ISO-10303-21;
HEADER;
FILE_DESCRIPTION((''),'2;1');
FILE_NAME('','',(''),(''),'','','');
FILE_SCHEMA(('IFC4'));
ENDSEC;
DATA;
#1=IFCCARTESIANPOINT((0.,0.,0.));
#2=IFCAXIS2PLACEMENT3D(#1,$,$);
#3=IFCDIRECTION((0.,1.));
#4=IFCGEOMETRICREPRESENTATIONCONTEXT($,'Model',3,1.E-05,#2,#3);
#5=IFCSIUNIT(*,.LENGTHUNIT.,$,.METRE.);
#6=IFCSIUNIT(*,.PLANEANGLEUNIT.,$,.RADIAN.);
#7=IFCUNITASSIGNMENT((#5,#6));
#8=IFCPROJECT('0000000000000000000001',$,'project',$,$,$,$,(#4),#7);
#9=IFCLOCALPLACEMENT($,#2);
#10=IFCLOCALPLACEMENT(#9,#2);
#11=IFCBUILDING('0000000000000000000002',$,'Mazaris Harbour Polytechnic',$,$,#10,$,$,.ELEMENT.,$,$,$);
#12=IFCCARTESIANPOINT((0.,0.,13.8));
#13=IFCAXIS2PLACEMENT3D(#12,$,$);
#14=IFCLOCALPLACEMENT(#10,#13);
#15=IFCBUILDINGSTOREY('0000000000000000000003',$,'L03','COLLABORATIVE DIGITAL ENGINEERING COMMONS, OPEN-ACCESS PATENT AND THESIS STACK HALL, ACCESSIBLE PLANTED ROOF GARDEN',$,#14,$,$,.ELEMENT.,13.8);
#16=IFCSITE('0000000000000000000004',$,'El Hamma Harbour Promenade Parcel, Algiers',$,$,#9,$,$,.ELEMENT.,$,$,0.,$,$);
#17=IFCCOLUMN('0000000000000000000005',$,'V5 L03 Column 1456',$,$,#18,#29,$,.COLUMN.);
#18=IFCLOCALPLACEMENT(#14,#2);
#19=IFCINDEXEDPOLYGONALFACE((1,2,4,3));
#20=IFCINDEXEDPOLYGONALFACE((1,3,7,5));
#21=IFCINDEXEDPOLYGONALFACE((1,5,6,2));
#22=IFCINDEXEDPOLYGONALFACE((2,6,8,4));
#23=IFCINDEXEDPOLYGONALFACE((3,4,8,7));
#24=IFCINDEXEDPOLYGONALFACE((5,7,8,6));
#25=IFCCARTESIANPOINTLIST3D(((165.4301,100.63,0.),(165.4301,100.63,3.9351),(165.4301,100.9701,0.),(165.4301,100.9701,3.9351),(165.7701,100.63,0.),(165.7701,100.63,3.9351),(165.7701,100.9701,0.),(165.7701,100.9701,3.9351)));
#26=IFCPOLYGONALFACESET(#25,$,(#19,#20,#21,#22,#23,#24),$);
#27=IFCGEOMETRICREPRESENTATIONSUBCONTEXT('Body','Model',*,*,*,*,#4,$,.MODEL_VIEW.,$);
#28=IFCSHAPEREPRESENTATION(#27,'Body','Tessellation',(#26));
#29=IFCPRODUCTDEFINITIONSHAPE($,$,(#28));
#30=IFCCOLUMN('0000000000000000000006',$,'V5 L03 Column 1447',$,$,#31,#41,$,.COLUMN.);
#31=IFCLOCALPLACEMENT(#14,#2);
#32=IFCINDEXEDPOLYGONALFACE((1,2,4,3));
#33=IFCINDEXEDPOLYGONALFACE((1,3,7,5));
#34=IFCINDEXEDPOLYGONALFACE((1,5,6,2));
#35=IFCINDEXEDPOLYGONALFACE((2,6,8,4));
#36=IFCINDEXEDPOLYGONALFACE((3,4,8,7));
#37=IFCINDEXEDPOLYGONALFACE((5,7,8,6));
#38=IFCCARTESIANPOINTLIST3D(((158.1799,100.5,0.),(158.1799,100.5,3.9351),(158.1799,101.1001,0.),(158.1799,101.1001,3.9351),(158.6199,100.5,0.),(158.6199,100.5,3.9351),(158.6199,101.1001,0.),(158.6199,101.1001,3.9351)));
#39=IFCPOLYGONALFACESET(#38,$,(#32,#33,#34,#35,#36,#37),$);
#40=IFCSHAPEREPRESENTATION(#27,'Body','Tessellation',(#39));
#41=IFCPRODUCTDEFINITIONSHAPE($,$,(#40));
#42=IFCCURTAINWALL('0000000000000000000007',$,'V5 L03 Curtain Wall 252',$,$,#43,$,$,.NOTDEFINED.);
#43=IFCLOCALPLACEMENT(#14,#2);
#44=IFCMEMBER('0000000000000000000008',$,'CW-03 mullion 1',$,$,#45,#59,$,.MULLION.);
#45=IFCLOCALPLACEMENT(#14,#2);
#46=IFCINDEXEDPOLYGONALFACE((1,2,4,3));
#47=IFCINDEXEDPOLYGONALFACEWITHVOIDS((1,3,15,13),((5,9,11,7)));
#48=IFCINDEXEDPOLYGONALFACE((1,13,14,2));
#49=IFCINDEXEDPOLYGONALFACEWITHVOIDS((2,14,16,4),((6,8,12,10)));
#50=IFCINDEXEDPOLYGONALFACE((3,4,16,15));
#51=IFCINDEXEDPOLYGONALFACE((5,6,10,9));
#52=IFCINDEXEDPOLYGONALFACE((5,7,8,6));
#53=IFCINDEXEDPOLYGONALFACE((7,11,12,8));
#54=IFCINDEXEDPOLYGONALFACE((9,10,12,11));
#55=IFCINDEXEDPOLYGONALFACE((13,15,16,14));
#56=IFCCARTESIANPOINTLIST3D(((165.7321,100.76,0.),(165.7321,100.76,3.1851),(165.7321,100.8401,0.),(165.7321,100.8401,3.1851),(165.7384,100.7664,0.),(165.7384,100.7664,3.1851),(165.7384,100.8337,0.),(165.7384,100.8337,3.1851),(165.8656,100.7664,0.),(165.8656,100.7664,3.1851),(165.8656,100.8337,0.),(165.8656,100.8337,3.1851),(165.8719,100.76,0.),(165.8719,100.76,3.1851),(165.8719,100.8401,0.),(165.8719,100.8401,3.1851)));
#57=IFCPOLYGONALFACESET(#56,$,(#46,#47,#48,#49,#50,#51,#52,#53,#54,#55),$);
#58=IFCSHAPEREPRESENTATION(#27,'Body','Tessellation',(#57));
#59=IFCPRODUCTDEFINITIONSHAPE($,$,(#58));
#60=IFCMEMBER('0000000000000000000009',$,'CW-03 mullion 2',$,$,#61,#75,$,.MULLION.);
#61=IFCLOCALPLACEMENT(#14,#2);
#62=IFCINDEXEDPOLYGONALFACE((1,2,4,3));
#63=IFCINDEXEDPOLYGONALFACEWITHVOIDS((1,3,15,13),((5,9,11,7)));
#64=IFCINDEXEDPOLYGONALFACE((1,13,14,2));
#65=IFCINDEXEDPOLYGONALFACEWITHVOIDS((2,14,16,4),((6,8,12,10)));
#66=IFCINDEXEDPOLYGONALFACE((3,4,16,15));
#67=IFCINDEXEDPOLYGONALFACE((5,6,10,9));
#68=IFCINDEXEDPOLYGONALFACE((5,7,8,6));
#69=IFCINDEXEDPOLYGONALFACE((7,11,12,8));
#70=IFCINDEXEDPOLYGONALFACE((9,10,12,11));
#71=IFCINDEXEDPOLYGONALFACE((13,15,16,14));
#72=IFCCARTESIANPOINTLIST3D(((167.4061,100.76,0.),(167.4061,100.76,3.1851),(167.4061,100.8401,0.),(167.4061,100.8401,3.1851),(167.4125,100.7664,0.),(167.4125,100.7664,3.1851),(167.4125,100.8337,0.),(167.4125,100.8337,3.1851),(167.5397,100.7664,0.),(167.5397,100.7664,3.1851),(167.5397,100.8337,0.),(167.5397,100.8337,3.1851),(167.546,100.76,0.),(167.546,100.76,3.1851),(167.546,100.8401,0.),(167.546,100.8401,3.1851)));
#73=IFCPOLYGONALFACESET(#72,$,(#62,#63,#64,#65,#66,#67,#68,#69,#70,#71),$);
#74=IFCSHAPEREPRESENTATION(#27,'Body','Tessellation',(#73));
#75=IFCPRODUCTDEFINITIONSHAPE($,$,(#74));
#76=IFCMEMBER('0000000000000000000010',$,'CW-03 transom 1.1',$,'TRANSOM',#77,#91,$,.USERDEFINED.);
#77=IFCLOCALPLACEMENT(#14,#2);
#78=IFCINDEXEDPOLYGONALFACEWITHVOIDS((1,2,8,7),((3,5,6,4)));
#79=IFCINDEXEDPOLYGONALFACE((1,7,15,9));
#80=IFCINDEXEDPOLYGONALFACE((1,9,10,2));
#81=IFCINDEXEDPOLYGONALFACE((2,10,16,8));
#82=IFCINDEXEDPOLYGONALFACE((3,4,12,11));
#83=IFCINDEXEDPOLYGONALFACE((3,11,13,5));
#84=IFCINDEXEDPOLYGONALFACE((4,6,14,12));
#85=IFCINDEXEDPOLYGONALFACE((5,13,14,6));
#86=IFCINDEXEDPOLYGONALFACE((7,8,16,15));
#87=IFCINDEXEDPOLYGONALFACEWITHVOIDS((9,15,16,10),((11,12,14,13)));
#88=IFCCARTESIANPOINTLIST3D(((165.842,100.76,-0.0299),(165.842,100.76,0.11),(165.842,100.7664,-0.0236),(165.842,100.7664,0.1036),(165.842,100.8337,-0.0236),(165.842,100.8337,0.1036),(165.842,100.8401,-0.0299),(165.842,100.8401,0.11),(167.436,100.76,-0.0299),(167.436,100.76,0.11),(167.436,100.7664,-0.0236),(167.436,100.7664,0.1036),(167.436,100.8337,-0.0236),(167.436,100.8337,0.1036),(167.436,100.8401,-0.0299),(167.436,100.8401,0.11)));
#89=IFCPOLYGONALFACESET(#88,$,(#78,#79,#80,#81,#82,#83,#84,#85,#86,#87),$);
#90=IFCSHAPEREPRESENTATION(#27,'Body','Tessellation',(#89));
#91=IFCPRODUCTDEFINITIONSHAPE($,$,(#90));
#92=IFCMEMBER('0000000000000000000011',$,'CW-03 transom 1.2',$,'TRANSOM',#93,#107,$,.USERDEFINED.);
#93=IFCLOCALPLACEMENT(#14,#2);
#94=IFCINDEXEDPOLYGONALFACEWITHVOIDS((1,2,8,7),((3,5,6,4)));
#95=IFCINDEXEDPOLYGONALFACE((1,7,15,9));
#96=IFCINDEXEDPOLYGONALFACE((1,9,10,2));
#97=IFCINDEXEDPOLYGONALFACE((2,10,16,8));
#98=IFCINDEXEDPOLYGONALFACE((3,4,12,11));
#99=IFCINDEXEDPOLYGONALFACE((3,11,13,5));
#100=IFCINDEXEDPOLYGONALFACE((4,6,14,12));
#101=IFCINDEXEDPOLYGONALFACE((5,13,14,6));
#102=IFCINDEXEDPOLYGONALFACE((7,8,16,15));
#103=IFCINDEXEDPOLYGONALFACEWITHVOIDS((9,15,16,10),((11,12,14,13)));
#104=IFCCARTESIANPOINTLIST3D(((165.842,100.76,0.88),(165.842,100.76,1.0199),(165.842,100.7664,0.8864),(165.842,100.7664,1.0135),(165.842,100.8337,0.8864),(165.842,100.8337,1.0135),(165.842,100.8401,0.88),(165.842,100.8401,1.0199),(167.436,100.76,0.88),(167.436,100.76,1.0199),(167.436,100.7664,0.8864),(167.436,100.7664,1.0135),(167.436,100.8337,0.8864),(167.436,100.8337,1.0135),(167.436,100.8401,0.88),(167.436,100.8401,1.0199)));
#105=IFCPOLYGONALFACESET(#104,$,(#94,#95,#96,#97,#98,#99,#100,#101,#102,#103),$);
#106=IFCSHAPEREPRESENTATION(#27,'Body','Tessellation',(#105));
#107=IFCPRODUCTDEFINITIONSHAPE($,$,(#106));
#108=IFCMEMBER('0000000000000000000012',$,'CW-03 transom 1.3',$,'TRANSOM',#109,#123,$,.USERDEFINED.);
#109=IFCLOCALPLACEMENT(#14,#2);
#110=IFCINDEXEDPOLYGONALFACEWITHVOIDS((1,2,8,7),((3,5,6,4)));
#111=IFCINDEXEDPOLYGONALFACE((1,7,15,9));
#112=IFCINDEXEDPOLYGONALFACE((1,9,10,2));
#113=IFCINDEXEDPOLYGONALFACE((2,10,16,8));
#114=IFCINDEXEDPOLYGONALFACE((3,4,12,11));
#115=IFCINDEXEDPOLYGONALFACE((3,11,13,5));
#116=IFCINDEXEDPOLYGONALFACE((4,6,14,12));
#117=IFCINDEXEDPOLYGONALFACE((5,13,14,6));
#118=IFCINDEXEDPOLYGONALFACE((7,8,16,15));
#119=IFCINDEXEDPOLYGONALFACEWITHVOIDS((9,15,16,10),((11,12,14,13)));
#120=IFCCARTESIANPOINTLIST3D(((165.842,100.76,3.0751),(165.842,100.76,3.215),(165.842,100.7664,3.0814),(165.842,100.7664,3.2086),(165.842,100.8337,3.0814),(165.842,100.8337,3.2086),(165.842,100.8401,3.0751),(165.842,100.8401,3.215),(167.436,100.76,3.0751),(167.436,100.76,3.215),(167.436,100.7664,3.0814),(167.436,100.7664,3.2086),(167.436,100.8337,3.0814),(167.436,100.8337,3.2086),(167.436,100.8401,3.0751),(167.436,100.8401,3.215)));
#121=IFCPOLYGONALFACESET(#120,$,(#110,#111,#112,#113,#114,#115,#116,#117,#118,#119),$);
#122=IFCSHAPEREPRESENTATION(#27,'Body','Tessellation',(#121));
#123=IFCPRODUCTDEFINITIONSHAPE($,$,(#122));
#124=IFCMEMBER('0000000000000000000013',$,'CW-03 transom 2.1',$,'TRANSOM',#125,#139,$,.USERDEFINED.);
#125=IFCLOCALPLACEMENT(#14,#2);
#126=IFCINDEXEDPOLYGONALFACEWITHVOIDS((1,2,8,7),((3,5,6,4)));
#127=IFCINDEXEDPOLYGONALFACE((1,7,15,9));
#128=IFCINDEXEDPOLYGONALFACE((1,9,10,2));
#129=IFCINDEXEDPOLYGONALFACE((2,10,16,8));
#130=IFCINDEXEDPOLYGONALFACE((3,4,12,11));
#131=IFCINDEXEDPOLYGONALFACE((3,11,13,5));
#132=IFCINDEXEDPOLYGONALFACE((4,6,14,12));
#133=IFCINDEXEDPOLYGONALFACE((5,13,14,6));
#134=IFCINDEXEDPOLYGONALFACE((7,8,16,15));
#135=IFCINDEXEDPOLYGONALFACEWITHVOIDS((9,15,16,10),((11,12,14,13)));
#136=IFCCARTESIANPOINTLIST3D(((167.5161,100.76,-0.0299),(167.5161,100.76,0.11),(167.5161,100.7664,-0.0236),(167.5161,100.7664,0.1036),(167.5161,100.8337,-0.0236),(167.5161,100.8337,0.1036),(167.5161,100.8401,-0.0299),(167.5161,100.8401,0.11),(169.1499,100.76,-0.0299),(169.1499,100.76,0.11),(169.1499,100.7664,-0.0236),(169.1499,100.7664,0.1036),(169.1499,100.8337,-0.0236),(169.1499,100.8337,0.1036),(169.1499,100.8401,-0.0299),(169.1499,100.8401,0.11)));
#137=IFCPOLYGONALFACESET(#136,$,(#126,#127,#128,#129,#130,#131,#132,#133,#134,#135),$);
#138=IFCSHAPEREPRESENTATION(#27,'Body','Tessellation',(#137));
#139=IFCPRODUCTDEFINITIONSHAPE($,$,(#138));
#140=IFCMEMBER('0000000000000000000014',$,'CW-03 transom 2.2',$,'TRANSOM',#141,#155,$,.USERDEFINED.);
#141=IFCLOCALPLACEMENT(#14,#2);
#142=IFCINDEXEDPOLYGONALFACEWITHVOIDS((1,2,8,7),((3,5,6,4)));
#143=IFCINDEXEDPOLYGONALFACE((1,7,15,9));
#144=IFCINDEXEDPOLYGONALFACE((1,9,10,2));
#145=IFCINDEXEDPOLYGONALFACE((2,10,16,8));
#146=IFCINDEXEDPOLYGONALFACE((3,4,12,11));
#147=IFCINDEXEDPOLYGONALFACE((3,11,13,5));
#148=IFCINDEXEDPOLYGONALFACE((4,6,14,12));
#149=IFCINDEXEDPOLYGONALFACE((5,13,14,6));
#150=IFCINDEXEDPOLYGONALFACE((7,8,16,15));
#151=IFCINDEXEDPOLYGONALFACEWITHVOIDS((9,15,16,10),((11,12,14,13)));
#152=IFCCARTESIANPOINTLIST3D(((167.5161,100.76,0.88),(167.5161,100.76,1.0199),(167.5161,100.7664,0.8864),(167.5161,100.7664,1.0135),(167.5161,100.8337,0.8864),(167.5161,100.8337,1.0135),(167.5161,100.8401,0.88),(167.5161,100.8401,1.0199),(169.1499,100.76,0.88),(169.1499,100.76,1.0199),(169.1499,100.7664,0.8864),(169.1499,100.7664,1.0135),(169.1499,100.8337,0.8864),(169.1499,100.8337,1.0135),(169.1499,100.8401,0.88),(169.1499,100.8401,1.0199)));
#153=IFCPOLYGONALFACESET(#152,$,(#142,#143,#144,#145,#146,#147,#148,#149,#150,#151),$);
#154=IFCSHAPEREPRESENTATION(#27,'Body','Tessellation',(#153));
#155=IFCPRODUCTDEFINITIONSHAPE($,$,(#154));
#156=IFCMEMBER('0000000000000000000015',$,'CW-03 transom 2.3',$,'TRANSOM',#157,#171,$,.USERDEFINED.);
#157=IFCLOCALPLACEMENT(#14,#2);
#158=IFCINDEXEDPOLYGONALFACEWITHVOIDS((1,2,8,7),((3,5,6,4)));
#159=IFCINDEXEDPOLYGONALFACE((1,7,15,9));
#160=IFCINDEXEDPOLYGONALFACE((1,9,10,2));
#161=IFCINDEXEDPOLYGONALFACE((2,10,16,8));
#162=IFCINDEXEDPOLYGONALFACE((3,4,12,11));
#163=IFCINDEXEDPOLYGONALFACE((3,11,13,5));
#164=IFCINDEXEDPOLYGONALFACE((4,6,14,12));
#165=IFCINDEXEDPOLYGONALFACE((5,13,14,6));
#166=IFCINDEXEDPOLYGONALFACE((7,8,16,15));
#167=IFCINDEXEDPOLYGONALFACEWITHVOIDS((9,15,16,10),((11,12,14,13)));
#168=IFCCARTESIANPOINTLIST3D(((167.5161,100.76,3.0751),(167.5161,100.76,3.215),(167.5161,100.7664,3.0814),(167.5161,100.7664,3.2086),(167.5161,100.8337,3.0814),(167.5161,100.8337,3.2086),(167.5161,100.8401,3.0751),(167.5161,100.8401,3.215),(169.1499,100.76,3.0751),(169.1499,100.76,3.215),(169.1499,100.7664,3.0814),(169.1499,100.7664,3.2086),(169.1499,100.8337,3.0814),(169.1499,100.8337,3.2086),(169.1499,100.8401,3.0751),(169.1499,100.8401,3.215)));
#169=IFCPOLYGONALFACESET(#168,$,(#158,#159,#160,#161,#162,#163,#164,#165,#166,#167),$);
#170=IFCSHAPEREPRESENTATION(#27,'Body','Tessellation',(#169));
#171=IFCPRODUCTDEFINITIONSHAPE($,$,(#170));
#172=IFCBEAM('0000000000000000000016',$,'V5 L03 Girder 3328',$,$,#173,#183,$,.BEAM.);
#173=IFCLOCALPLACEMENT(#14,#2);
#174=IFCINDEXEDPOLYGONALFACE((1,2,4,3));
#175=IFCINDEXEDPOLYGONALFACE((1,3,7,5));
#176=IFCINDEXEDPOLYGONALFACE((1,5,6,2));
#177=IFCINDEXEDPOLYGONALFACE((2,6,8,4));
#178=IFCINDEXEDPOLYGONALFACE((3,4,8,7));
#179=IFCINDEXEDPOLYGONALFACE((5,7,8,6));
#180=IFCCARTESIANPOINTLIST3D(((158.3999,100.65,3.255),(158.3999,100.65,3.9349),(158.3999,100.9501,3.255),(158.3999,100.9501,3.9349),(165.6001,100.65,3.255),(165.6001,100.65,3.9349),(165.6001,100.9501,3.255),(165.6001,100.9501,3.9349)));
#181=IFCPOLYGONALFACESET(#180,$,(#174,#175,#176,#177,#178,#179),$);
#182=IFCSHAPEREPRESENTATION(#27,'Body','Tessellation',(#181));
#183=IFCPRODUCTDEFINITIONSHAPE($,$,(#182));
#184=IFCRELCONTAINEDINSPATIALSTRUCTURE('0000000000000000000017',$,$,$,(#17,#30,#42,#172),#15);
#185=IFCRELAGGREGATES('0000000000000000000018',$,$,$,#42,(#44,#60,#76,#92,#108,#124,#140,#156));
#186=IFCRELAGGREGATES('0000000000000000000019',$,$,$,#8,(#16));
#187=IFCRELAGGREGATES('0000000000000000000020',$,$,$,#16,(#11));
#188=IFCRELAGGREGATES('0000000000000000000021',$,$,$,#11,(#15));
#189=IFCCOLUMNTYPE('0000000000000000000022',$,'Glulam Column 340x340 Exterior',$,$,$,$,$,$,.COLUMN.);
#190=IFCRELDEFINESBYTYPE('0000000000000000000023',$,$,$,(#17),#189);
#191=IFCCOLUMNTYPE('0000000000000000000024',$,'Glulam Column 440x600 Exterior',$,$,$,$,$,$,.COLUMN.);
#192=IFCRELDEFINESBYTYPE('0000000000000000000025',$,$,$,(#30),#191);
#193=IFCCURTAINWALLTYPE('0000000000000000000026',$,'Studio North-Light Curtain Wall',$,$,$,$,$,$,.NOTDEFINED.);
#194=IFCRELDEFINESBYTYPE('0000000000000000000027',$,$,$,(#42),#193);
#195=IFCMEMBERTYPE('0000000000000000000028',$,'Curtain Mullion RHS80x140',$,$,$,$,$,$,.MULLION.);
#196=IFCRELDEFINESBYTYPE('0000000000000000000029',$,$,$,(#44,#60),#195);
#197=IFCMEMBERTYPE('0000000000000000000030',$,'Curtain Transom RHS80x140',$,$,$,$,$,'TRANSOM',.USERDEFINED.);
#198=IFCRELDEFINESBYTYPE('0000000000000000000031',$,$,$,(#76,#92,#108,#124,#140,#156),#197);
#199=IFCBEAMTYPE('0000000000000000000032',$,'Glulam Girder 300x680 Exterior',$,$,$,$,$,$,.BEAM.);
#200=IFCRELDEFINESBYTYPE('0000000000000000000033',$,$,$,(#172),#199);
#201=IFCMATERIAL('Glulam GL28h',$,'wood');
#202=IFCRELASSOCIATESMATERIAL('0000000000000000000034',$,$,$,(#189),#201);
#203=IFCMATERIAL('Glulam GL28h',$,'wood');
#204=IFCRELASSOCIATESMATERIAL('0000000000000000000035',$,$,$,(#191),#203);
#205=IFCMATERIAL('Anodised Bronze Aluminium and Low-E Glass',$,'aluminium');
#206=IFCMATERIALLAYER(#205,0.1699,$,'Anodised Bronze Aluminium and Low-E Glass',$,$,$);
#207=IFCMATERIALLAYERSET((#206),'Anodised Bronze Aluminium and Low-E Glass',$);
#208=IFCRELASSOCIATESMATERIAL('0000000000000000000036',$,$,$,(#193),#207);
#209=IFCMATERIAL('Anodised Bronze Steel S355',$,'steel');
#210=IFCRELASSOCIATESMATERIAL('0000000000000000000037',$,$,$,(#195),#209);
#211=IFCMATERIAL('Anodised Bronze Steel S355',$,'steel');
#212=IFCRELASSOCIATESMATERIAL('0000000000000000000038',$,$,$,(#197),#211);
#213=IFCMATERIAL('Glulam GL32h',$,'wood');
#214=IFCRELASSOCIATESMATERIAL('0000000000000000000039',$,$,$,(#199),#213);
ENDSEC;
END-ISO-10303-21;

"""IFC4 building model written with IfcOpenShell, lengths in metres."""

from ifc_helpers import new_model, si_unit, direction, frame, origin, origin_2d, place, context, subcontext, project, spatial, rectangle, hollow_rectangle, extrude, material, layer, layer_set, material_profile, profile_set, type_object, element, aggregate, save


model = new_model("IFC4")

# Units and contexts
model_context = context("Model", 3, precision=1e-05, world=origin(), true_north=direction((0.0, 1.0)))
body_context = subcontext(model_context, "Body", "Model", "MODEL_VIEW")
ifc_project = project(units=[si_unit("LENGTHUNIT", "METRE"), si_unit("PLANEANGLEUNIT", "RADIAN")], contexts=[model_context])

# Site, building, storey
site_placement = place(None, origin())
site = spatial("IfcSite", under=ifc_project, at=site_placement, Name="El Hamma Harbour Promenade Parcel, Algiers", CompositionType="ELEMENT", RefElevation=0.0)
building_placement = place(site_placement, origin())
building = spatial("IfcBuilding", under=site, at=building_placement, Name="Mazaris Harbour Polytechnic", CompositionType="ELEMENT")
storey_placement = place(building_placement, frame((0.0, 0.0, 13.8)))
storey = spatial("IfcBuildingStorey", under=building, at=storey_placement, Name="L03", Description="COLLABORATIVE DIGITAL ENGINEERING COMMONS, OPEN-ACCESS PATENT AND THESIS STACK HALL, ACCESSIBLE PLANTED ROOF GARDEN", CompositionType="ELEMENT", Elevation=13.8)

# Columns
ifc_material_1 = material(Name="Glulam GL28h", Category="wood")
ifc_material_profile_1 = material_profile(ifc_material_1, rectangle(XDim=0.3401, YDim=0.3401, at=origin_2d()), Name="RECT340x340")
ifc_profile_set_1 = profile_set([ifc_material_profile_1], Name="Glulam GL28h")
column_type_1 = type_object("IfcColumnType", Name="Glulam Column 340x340 Exterior", PredefinedType="COLUMN", material=ifc_profile_set_1)
column_1_placement = place(storey_placement, frame((165.6001, 100.8, 0.0), z_axis=(0.0, 0.0, 1.0), x_axis=(1.0, 0.0, 0.0)))
element("IfcColumn", 1, at=column_1_placement, inside=storey, type_object=column_type_1, Name="V5 L03 Column 1456", PredefinedType="COLUMN", context=body_context, shape_type="SweptSolid", body=[
    extrude(rectangle(XDim=0.3401, YDim=0.3401, at=origin_2d()), origin(), (0.0, 0.0, 1.0), 3.9351),
])
ifc_material_2 = material(Name="Glulam GL28h", Category="wood")
ifc_material_profile_2 = material_profile(ifc_material_2, rectangle(XDim=0.4399, YDim=0.6001, at=origin_2d()), Name="RECT440x600")
ifc_profile_set_2 = profile_set([ifc_material_profile_2], Name="Glulam GL28h")
column_type_2 = type_object("IfcColumnType", Name="Glulam Column 440x600 Exterior", PredefinedType="COLUMN", material=ifc_profile_set_2)
column_2_placement = place(storey_placement, frame((158.3999, 100.8, 0.0), z_axis=(0.0, 0.0, 1.0), x_axis=(1.0, 0.0, 0.0)))
element("IfcColumn", 2, at=column_2_placement, inside=storey, type_object=column_type_2, Name="V5 L03 Column 1447", PredefinedType="COLUMN", context=body_context, shape_type="SweptSolid", body=[
    extrude(rectangle(XDim=0.4399, YDim=0.6001, at=origin_2d()), origin(), (0.0, 0.0, 1.0), 3.9351),
])

# Curtain wall, members
ifc_material_3 = material(Name="Anodised Bronze Aluminium and Low-E Glass", Category="aluminium")
ifc_layer_1 = layer(ifc_material_3, 0.1699, Name="Anodised Bronze Aluminium and Low-E Glass")
ifc_layer_set_1 = layer_set([ifc_layer_1], Name="Anodised Bronze Aluminium and Low-E Glass")
curtain_wall_type = type_object("IfcCurtainWallType", Name="Studio North-Light Curtain Wall", PredefinedType="NOTDEFINED", material=ifc_layer_set_1)
curtain_wall_placement = place(storey_placement, origin())
curtain_wall = element("IfcCurtainWall", 3, at=curtain_wall_placement, inside=storey, type_object=curtain_wall_type, Name="V5 L03 Curtain Wall 252", PredefinedType="NOTDEFINED")
ifc_material_4 = material(Name="Anodised Bronze Steel S355", Category="steel")
ifc_material_profile_3 = material_profile(ifc_material_4, hollow_rectangle(XDim=0.0801, YDim=0.1399, WallThickness=0.0063, at=origin_2d()), Name="RHS 80x140x6.3")
ifc_profile_set_3 = profile_set([ifc_material_profile_3], Name="Anodised Bronze Steel S355")
member_type_1 = type_object("IfcMemberType", Name="Curtain Mullion RHS80x140", PredefinedType="MULLION", material=ifc_profile_set_3)
member_1_placement = place(storey_placement, frame((165.802, 100.8, 0.0), z_axis=(0.0, 0.0, 1.0), x_axis=(0.0, 1.0, 0.0)))
member_1 = element("IfcMember", 4, at=member_1_placement, type_object=member_type_1, Name="CW-03 mullion 1", PredefinedType="MULLION", context=body_context, shape_type="SweptSolid", body=[
    extrude(hollow_rectangle(XDim=0.0801, YDim=0.1399, WallThickness=0.0063, at=origin_2d()), origin(), (0.0, 0.0, 1.0), 3.1851),
])
member_2_placement = place(storey_placement, frame((167.4761, 100.8, 0.0), z_axis=(0.0, 0.0, 1.0), x_axis=(0.0, 1.0, 0.0)))
member_2 = element("IfcMember", 5, at=member_2_placement, type_object=member_type_1, Name="CW-03 mullion 2", PredefinedType="MULLION", context=body_context, shape_type="SweptSolid", body=[
    extrude(hollow_rectangle(XDim=0.0801, YDim=0.1399, WallThickness=0.0063, at=origin_2d()), origin(), (0.0, 0.0, 1.0), 3.1851),
])
ifc_material_5 = material(Name="Anodised Bronze Steel S355", Category="steel")
ifc_material_profile_4 = material_profile(ifc_material_5, hollow_rectangle(XDim=0.0801, YDim=0.1399, WallThickness=0.0063, at=origin_2d()), Name="RHS 80x140x6.3")
ifc_profile_set_4 = profile_set([ifc_material_profile_4], Name="Anodised Bronze Steel S355")
member_type_2 = type_object("IfcMemberType", Name="Curtain Transom RHS80x140", ElementType="TRANSOM", PredefinedType="USERDEFINED", material=ifc_profile_set_4)
member_3_placement = place(storey_placement, frame((165.842, 100.8, 0.04), z_axis=(1.0, 0.0, 0.0), x_axis=(0.0, 1.0, 0.0)))
member_3 = element("IfcMember", 6, at=member_3_placement, type_object=member_type_2, Name="CW-03 transom 1.1", ObjectType="TRANSOM", PredefinedType="USERDEFINED", context=body_context, shape_type="SweptSolid", body=[
    extrude(hollow_rectangle(XDim=0.0801, YDim=0.1399, WallThickness=0.0063, at=origin_2d()), origin(), (0.0, 0.0, 1.0), 1.594),
])
member_4_placement = place(storey_placement, frame((165.842, 100.8, 0.95), z_axis=(1.0, 0.0, 0.0), x_axis=(0.0, 1.0, 0.0)))
member_4 = element("IfcMember", 7, at=member_4_placement, type_object=member_type_2, Name="CW-03 transom 1.2", ObjectType="TRANSOM", PredefinedType="USERDEFINED", context=body_context, shape_type="SweptSolid", body=[
    extrude(hollow_rectangle(XDim=0.0801, YDim=0.1399, WallThickness=0.0063, at=origin_2d()), origin(), (0.0, 0.0, 1.0), 1.594),
])
member_5_placement = place(storey_placement, frame((165.842, 100.8, 3.145), z_axis=(1.0, 0.0, 0.0), x_axis=(0.0, 1.0, 0.0)))
member_5 = element("IfcMember", 8, at=member_5_placement, type_object=member_type_2, Name="CW-03 transom 1.3", ObjectType="TRANSOM", PredefinedType="USERDEFINED", context=body_context, shape_type="SweptSolid", body=[
    extrude(hollow_rectangle(XDim=0.0801, YDim=0.1399, WallThickness=0.0063, at=origin_2d()), origin(), (0.0, 0.0, 1.0), 1.594),
])
member_6_placement = place(storey_placement, frame((167.5161, 100.8, 0.04), z_axis=(1.0, 0.0, 0.0), x_axis=(0.0, 1.0, 0.0)))
member_6 = element("IfcMember", 9, at=member_6_placement, type_object=member_type_2, Name="CW-03 transom 2.1", ObjectType="TRANSOM", PredefinedType="USERDEFINED", context=body_context, shape_type="SweptSolid", body=[
    extrude(hollow_rectangle(XDim=0.0801, YDim=0.1399, WallThickness=0.0063, at=origin_2d()), origin(), (0.0, 0.0, 1.0), 1.6338),
])
member_7_placement = place(storey_placement, frame((167.5161, 100.8, 0.95), z_axis=(1.0, 0.0, 0.0), x_axis=(0.0, 1.0, 0.0)))
member_7 = element("IfcMember", 10, at=member_7_placement, type_object=member_type_2, Name="CW-03 transom 2.2", ObjectType="TRANSOM", PredefinedType="USERDEFINED", context=body_context, shape_type="SweptSolid", body=[
    extrude(hollow_rectangle(XDim=0.0801, YDim=0.1399, WallThickness=0.0063, at=origin_2d()), origin(), (0.0, 0.0, 1.0), 1.6338),
])
member_8_placement = place(storey_placement, frame((167.5161, 100.8, 3.145), z_axis=(1.0, 0.0, 0.0), x_axis=(0.0, 1.0, 0.0)))
member_8 = element("IfcMember", 11, at=member_8_placement, type_object=member_type_2, Name="CW-03 transom 2.3", ObjectType="TRANSOM", PredefinedType="USERDEFINED", context=body_context, shape_type="SweptSolid", body=[
    extrude(hollow_rectangle(XDim=0.0801, YDim=0.1399, WallThickness=0.0063, at=origin_2d()), origin(), (0.0, 0.0, 1.0), 1.6338),
])

# Beam
ifc_material_6 = material(Name="Glulam GL32h", Category="wood")
ifc_material_profile_5 = material_profile(ifc_material_6, rectangle(XDim=0.3, YDim=0.6799, at=origin_2d()), Name="RECT300x680")
ifc_profile_set_5 = profile_set([ifc_material_profile_5], Name="Glulam GL32h")
beam_type_1 = type_object("IfcBeamType", Name="Glulam Girder 300x680 Exterior", PredefinedType="BEAM", material=ifc_profile_set_5)
beam_1_placement = place(storey_placement, frame((158.3999, 100.8, 3.595), z_axis=(1.0, 0.0, 0.0), x_axis=(0.0, 1.0, 0.0)))
element("IfcBeam", 12, at=beam_1_placement, inside=storey, type_object=beam_type_1, Name="V5 L03 Girder 3328", PredefinedType="BEAM", context=body_context, shape_type="SweptSolid", body=[
    extrude(rectangle(XDim=0.3, YDim=0.6799, at=origin_2d()), origin(), (0.0, 0.0, 1.0), 7.2002),
])

aggregate(curtain_wall, [member_1, member_2, member_3, member_4, member_5, member_6, member_7, member_8])

save(model, "model.ifc")
